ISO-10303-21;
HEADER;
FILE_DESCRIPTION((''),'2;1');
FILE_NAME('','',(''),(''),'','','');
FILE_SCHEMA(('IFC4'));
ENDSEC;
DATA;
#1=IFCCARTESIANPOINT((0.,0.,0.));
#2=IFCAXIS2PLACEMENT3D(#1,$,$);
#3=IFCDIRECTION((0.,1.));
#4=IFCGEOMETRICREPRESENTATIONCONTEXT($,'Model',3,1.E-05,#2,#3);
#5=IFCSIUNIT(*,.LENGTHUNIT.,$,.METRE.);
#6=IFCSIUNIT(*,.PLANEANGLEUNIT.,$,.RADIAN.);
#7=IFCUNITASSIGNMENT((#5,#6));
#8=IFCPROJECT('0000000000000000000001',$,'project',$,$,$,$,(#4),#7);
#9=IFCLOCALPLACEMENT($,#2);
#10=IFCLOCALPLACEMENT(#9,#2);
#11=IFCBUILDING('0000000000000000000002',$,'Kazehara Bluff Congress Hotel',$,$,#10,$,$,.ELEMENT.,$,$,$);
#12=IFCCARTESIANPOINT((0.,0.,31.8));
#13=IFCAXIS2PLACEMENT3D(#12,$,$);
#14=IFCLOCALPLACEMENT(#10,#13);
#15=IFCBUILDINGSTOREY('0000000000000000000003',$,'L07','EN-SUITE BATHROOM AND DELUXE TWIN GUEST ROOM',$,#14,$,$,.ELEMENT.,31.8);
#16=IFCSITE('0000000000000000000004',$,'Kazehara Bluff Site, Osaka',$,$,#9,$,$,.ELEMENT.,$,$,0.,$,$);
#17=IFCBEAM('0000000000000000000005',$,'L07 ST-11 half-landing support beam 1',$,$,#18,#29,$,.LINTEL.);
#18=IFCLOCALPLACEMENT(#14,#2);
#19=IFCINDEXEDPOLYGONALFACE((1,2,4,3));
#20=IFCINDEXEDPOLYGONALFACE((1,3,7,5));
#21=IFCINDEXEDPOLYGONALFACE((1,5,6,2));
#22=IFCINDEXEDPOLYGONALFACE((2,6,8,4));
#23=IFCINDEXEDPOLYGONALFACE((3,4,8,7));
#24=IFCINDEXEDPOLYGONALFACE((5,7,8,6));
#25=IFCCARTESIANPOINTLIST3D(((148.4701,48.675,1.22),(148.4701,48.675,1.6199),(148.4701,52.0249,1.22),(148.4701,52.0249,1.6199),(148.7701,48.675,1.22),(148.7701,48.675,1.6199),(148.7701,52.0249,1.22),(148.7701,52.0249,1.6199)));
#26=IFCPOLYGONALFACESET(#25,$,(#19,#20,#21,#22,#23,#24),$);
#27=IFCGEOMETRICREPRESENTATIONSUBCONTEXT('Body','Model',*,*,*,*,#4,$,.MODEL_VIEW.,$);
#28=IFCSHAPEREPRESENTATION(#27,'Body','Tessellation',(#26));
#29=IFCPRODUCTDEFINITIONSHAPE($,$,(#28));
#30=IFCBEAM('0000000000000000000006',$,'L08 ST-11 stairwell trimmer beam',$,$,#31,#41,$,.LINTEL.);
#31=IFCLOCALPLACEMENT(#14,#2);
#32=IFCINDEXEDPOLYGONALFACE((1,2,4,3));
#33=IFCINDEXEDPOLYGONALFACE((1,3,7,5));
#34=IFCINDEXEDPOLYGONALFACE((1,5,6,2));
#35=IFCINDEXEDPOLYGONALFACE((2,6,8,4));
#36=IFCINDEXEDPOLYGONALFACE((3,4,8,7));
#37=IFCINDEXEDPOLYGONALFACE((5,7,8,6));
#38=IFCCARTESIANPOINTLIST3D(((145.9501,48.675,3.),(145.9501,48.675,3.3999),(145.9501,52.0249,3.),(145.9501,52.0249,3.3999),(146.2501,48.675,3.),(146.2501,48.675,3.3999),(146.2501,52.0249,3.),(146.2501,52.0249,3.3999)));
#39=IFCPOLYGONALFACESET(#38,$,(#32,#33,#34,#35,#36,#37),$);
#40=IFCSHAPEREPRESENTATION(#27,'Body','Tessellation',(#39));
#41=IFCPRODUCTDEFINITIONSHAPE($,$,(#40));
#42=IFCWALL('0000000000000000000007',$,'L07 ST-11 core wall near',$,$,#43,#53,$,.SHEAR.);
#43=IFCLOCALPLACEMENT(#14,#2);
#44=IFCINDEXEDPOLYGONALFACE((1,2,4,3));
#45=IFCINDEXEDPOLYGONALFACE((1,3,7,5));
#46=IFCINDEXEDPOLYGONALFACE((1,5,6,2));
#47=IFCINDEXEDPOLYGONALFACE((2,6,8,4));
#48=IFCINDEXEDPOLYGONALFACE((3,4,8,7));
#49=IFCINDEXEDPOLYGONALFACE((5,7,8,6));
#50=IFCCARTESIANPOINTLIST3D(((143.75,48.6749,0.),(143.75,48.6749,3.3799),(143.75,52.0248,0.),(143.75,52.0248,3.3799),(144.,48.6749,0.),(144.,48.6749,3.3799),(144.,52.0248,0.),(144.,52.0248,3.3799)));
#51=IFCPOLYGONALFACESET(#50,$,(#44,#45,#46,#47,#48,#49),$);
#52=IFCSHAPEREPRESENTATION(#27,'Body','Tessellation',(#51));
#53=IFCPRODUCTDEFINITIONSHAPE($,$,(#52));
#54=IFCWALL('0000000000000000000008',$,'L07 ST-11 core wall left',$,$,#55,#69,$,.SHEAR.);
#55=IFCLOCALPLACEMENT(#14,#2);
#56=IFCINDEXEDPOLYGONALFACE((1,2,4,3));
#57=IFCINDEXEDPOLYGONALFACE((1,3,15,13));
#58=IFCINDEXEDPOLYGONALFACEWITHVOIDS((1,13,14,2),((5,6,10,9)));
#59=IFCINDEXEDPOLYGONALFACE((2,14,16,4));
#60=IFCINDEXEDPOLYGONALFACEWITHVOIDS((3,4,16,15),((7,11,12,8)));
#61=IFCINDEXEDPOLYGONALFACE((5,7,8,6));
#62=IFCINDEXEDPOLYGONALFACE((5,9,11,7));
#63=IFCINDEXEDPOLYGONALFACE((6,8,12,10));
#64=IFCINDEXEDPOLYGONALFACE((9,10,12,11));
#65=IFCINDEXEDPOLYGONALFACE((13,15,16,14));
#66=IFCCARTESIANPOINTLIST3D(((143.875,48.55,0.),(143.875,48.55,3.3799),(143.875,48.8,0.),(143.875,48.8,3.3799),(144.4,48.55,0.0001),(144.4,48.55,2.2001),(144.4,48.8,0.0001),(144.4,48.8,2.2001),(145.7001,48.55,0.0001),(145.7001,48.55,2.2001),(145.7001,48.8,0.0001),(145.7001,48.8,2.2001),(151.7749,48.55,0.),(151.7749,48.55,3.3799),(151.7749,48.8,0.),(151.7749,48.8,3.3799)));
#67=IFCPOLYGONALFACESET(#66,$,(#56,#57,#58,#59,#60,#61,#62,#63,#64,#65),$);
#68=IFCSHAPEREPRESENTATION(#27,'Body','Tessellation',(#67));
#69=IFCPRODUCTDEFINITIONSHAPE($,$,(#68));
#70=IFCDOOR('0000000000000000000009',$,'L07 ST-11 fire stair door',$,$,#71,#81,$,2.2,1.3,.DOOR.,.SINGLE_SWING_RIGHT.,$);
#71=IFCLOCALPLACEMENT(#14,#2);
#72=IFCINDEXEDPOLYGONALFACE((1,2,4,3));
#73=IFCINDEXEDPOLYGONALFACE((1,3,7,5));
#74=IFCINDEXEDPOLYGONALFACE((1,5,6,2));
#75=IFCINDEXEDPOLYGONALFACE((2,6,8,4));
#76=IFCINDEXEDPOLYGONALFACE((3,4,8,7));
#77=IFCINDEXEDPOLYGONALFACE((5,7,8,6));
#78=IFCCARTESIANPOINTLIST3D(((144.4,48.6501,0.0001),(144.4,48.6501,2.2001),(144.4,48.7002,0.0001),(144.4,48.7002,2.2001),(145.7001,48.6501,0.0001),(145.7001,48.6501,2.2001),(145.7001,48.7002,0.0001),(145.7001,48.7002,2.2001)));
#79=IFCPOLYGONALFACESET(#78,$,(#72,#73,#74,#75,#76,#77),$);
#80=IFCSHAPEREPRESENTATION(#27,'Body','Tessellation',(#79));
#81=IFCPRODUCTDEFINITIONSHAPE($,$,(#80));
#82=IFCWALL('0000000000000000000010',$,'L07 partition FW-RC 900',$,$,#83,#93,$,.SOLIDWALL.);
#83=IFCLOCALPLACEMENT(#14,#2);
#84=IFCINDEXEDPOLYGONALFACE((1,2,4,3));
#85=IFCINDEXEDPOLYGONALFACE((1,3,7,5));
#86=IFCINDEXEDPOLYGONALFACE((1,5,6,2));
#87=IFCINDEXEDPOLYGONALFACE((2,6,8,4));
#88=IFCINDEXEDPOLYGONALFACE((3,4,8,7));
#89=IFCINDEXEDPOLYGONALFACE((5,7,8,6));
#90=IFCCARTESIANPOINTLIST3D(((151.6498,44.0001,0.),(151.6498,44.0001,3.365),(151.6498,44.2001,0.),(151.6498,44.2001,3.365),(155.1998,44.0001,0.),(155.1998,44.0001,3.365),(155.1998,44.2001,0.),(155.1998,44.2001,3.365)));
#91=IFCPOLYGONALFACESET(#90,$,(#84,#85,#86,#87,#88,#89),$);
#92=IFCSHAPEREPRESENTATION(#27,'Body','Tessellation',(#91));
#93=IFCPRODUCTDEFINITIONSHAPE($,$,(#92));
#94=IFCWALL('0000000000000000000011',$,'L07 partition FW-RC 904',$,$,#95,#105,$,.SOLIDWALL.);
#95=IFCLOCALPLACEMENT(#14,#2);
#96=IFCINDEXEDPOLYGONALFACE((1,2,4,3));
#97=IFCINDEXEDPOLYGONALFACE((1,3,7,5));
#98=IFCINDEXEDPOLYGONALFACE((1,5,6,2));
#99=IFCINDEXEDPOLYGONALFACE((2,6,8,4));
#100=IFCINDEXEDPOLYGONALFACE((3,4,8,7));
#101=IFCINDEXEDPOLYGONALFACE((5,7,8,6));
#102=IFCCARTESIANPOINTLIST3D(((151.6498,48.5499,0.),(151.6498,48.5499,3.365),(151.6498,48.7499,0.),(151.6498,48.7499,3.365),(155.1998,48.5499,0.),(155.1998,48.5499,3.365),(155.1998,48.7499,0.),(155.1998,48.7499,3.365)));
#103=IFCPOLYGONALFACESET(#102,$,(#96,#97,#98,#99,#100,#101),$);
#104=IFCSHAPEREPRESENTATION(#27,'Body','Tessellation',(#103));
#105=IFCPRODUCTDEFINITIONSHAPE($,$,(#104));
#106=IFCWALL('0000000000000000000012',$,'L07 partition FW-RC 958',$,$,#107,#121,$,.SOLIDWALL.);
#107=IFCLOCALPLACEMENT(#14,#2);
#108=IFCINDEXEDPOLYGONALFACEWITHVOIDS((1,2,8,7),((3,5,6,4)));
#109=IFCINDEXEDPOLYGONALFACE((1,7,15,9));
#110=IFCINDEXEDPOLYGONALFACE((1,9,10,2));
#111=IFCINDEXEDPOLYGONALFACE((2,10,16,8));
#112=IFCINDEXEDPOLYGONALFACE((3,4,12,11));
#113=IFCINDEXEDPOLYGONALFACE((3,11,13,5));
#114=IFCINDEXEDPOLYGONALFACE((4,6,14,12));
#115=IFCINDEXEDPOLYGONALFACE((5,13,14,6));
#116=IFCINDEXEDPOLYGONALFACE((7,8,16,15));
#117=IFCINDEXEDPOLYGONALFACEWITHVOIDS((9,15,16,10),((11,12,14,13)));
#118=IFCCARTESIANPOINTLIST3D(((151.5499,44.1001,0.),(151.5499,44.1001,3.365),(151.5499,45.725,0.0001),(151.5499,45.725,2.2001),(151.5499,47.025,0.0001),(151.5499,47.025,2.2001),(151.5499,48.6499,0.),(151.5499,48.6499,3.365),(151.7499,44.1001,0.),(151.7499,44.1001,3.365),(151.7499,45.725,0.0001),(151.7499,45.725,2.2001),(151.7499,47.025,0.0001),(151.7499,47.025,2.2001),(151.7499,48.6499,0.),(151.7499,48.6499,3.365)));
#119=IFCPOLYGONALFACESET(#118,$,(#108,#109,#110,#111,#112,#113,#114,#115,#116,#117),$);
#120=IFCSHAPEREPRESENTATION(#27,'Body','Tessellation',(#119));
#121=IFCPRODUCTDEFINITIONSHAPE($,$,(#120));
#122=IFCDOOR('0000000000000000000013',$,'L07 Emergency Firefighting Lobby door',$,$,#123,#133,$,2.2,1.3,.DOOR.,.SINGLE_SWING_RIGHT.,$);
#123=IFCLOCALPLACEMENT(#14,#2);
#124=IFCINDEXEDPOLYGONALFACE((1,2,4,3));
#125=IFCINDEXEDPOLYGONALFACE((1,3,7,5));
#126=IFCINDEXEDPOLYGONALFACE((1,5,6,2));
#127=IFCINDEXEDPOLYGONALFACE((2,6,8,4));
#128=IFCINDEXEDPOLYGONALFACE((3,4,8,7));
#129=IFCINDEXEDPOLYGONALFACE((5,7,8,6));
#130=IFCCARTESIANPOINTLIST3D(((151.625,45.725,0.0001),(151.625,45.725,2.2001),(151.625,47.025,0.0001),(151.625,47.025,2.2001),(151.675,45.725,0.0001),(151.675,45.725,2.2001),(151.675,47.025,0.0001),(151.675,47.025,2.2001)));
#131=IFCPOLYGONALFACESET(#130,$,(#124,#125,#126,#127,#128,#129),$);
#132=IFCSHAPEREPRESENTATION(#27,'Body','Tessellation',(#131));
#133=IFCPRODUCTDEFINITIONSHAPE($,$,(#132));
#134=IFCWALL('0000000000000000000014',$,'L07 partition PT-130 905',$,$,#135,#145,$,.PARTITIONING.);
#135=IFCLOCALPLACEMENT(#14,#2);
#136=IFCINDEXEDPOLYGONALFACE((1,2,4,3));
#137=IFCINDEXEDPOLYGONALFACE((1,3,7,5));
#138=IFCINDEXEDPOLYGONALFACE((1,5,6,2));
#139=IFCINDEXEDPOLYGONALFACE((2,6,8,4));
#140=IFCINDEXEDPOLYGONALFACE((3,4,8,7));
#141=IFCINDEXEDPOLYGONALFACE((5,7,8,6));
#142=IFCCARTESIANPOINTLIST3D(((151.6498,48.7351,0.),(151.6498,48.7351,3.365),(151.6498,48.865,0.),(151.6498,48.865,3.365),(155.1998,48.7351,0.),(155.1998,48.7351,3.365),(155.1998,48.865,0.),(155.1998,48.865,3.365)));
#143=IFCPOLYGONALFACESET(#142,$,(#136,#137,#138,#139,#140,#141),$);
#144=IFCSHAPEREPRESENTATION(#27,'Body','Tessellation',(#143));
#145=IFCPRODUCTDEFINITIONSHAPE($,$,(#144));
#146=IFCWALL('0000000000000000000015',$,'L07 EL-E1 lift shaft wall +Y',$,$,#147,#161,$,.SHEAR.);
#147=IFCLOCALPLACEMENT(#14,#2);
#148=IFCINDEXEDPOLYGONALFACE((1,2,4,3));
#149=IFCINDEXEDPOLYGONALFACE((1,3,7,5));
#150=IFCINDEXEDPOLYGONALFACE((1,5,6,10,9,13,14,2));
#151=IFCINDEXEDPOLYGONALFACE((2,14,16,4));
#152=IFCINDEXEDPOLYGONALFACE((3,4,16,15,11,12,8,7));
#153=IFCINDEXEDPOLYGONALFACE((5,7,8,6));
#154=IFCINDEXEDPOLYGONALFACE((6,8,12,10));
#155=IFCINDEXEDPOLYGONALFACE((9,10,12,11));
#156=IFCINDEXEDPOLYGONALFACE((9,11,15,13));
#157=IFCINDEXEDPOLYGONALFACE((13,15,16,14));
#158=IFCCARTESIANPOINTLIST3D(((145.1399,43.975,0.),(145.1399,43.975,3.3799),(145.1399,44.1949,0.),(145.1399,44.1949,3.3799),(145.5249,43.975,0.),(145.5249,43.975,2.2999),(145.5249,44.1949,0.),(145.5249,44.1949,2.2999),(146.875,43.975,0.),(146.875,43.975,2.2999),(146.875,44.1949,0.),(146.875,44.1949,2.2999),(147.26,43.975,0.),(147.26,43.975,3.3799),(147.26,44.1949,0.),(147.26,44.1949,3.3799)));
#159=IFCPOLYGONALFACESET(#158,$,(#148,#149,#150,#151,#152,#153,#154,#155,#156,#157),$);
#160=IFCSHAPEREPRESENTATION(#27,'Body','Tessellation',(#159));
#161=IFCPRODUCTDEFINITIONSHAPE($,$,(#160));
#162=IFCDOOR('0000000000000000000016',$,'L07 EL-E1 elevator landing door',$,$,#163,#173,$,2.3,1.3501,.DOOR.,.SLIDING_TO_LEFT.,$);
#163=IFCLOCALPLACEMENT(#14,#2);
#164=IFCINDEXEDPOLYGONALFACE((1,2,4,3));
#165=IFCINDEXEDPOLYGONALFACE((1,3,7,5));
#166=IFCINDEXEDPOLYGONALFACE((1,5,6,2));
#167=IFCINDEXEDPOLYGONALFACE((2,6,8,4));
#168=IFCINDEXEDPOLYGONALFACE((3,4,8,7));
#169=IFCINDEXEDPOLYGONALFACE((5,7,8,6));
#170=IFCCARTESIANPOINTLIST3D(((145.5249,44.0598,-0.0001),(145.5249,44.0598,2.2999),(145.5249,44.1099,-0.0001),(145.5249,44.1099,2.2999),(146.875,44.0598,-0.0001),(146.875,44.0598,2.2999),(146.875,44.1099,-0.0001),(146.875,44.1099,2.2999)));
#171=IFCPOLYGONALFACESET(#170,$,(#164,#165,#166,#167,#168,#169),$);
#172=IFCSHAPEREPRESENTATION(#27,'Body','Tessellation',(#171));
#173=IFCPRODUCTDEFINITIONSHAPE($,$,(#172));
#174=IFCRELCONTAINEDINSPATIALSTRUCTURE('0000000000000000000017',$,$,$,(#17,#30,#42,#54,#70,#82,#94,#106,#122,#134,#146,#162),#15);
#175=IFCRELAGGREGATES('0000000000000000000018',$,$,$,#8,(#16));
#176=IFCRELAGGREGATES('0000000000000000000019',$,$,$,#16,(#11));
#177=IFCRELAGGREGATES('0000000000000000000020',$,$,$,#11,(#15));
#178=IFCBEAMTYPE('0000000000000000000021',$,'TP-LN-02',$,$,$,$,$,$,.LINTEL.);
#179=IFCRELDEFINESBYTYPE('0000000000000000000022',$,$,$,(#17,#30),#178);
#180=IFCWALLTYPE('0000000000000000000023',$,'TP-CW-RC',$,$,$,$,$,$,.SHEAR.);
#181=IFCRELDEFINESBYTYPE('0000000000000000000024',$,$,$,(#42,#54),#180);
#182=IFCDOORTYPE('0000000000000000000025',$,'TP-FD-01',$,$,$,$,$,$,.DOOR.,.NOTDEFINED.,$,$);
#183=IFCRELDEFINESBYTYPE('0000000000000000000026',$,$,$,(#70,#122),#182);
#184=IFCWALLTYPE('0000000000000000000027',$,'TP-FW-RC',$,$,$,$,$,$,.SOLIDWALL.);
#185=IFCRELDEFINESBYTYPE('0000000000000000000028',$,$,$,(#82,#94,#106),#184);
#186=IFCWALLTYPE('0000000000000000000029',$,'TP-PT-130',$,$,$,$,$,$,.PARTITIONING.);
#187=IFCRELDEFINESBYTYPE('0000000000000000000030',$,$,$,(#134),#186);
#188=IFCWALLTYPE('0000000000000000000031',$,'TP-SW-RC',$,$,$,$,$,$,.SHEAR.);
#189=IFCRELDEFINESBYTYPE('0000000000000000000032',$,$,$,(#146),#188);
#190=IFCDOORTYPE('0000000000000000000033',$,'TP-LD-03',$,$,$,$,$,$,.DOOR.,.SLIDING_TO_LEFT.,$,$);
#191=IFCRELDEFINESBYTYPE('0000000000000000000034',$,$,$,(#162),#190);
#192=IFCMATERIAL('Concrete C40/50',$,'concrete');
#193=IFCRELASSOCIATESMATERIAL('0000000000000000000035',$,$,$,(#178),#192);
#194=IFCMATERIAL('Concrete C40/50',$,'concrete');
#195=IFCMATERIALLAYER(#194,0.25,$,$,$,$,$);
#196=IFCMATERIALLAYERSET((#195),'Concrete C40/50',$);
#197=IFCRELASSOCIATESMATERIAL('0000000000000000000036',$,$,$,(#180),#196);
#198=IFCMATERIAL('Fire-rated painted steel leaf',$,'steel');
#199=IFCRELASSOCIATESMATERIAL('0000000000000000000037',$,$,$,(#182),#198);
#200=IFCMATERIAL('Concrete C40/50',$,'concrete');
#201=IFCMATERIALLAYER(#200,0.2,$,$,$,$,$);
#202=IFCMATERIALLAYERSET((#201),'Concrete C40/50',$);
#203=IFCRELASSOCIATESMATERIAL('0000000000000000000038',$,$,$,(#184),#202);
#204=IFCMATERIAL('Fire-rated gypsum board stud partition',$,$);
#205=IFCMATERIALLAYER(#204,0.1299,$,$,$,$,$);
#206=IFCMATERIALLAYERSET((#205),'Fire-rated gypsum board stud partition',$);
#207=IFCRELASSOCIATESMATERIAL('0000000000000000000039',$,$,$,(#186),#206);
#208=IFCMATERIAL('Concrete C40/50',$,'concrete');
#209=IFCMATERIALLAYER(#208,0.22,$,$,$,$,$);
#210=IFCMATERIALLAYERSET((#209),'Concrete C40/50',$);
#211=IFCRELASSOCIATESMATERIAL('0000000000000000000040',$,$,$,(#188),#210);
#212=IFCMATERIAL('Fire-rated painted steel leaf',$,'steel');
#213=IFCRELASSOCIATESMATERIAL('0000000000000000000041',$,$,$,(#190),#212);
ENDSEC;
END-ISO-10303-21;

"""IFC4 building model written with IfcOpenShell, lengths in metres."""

from ifc_helpers import new_model, si_unit, direction, frame, frame_2d, origin, origin_2d, place, context, subcontext, project, spatial, rectangle, extrude, material, layer, layer_set, material_profile, profile_set, type_object, element, fill, save


model = new_model("IFC4")

# Units and contexts
model_context = context("Model", 3, precision=1e-05, world=origin(), true_north=direction((0.0, 1.0)))
body_context = subcontext(model_context, "Body", "Model", "MODEL_VIEW")
ifc_project = project(units=[si_unit("LENGTHUNIT", "METRE"), si_unit("PLANEANGLEUNIT", "RADIAN")], contexts=[model_context])

# Site, building, storey
site_placement = place(None, origin())
site = spatial("IfcSite", under=ifc_project, at=site_placement, Name="Kazehara Bluff Site, Osaka", CompositionType="ELEMENT", RefElevation=0.0)
building_placement = place(site_placement, origin())
building = spatial("IfcBuilding", under=site, at=building_placement, Name="Kazehara Bluff Congress Hotel", CompositionType="ELEMENT")
storey_placement = place(building_placement, frame((0.0, 0.0, 31.8)))
storey = spatial("IfcBuildingStorey", under=building, at=storey_placement, Name="L07", Description="EN-SUITE BATHROOM AND DELUXE TWIN GUEST ROOM", CompositionType="ELEMENT", Elevation=31.8)

# Beams
ifc_material_1 = material(Name="Concrete C40/50", Category="concrete")
ifc_material_profile = material_profile(ifc_material_1, rectangle(XDim=0.3, YDim=0.3999, at=origin_2d()))
ifc_profile_set = profile_set([ifc_material_profile], Name="Concrete C40/50")
beam_type = type_object("IfcBeamType", Name="TP-LN-02", PredefinedType="LINTEL", material=ifc_profile_set)
for number, where, z_axis, x_axis, name in (
    (1, (148.6201, 48.675, 1.4199), (0.0, 1.0, 0.0), (-1.0, 0.0, 0.0), "L07 ST-11 half-landing support beam 1"),
    (2, (146.1001, 48.675, 3.2), (0.0, 1.0, 0.0), (-1.0, 0.0, 0.0), "L08 ST-11 stairwell trimmer beam"),
):
    element("IfcBeam", number, at=place(storey_placement, frame(where, z_axis=z_axis, x_axis=x_axis)), inside=storey, type_object=beam_type, Name=name, PredefinedType="LINTEL", context=body_context, shape_type="SweptSolid", body=[
        extrude(rectangle(XDim=0.3, YDim=0.3999, at=origin_2d()), origin(), (0.0, 0.0, 1.0), 3.3499),
    ])

# Wall
ifc_material_2 = material(Name="Concrete C40/50", Category="concrete")
ifc_layer_1 = layer(ifc_material_2, 0.25)
ifc_layer_set_1 = layer_set([ifc_layer_1], Name="Concrete C40/50")
wall_type_1 = type_object("IfcWallType", Name="TP-CW-RC", PredefinedType="SHEAR", material=ifc_layer_set_1)
wall_1_placement = place(storey_placement, frame((143.875, 48.675, 0.0), z_axis=(0.0, 0.0, 1.0), x_axis=(0.0, 1.0, 0.0)))
element("IfcWall", 3, at=wall_1_placement, inside=storey, type_object=wall_type_1, Name="L07 ST-11 core wall near", PredefinedType="SHEAR", context=body_context, shape_type="SweptSolid", body=[
    extrude(rectangle(XDim=3.3499, YDim=0.25, at=frame_2d((1.6748, 0.0))), origin(), (0.0, 0.0, 1.0), 3.3799),
])

# Wall, opening, door
wall_2_placement = place(storey_placement, frame((151.7749, 48.675, 0.0), z_axis=(0.0, 0.0, 1.0), x_axis=(-1.0, 0.0, 0.0)))
wall_2 = element("IfcWall", 4, at=wall_2_placement, inside=storey, type_object=wall_type_1, Name="L07 ST-11 core wall left", PredefinedType="SHEAR", context=body_context, shape_type="SweptSolid", body=[
    extrude(rectangle(XDim=7.8999, YDim=0.25, at=frame_2d((3.95, 0.0))), origin(), (0.0, 0.0, 1.0), 3.3799),
])
opening_1_placement = place(wall_2_placement, frame((6.075, 0.0, 0.0)))
opening_1 = element("IfcOpeningElement", 5, at=opening_1_placement, cuts=wall_2, PredefinedType="OPENING", context=body_context, shape_type="SweptSolid", body=[
    extrude(rectangle(XDim=1.3, YDim=2.2, at=frame_2d((0.6499, 1.1001))), frame((0.0, 0.135, 0.0), z_axis=(0.0, -1.0, 0.0), x_axis=(1.0, 0.0, 0.0)), (0.0, 0.0, 1.0), 0.27),
])
ifc_material_3 = material(Name="Fire-rated painted steel leaf", Category="steel")
door_type_1 = type_object("IfcDoorType", Name="TP-FD-01", OperationType="NOTDEFINED", PredefinedType="DOOR", material=ifc_material_3)
door_1_placement = place(opening_1_placement, origin())
door_1 = element("IfcDoor", 6, at=door_1_placement, inside=storey, type_object=door_type_1, Name="L07 ST-11 fire stair door", OperationType="SINGLE_SWING_RIGHT", OverallHeight=2.2, OverallWidth=1.3, PredefinedType="DOOR", context=body_context, shape_type="SweptSolid", body=[
    extrude(rectangle(XDim=1.3, YDim=2.2, at=frame_2d((0.6499, 1.1001))), frame((0.0, 0.0249, 0.0), z_axis=(0.0, -1.0, 0.0), x_axis=(1.0, 0.0, 0.0)), (0.0, 0.0, 1.0), 0.05),
])
fill(opening_1, door_1)

# Walls
ifc_material_4 = material(Name="Concrete C40/50", Category="concrete")
ifc_layer_2 = layer(ifc_material_4, 0.2)
ifc_layer_set_2 = layer_set([ifc_layer_2], Name="Concrete C40/50")
wall_type_2 = type_object("IfcWallType", Name="TP-FW-RC", PredefinedType="SOLIDWALL", material=ifc_layer_set_2)
for number, where, z_axis, x_axis, name in (
    (7, (151.6499, 44.1001, 0.0), (0.0, 0.0, 1.0), (1.0, 0.0, 0.0), "L07 partition FW-RC 900"),
    (8, (151.6499, 48.6499, 0.0), (0.0, 0.0, 1.0), (1.0, 0.0, 0.0), "L07 partition FW-RC 904"),
):
    element("IfcWall", number, at=place(storey_placement, frame(where, z_axis=z_axis, x_axis=x_axis)), inside=storey, type_object=wall_type_2, Name=name, PredefinedType="SOLIDWALL", context=body_context, shape_type="SweptSolid", body=[
        extrude(rectangle(XDim=3.55, YDim=0.2, at=frame_2d((1.7749, 0.0))), origin(), (0.0, 0.0, 1.0), 3.365),
    ])

# Wall, opening, door
wall_3_placement = place(storey_placement, frame((151.6499, 44.1001, 0.0), z_axis=(0.0, 0.0, 1.0), x_axis=(0.0, 1.0, 0.0)))
wall_3 = element("IfcWall", 9, at=wall_3_placement, inside=storey, type_object=wall_type_2, Name="L07 partition FW-RC 958", PredefinedType="SOLIDWALL", context=body_context, shape_type="SweptSolid", body=[
    extrude(rectangle(XDim=4.5498, YDim=0.2, at=frame_2d((2.2749, 0.0))), origin(), (0.0, 0.0, 1.0), 3.365),
])
opening_2_placement = place(wall_3_placement, frame((1.625, 0.0, 0.0)))
opening_2 = element("IfcOpeningElement", 10, at=opening_2_placement, cuts=wall_3, PredefinedType="OPENING", context=body_context, shape_type="SweptSolid", body=[
    extrude(rectangle(XDim=1.3, YDim=2.2, at=frame_2d((0.6499, 1.1001))), frame((0.0, 0.1099, 0.0), z_axis=(0.0, -1.0, 0.0), x_axis=(1.0, 0.0, 0.0)), (0.0, 0.0, 1.0), 0.22),
])
door_2_placement = place(opening_2_placement, origin())
door_2 = element("IfcDoor", 11, at=door_2_placement, inside=storey, type_object=door_type_1, Name="L07 Emergency Firefighting Lobby door", OperationType="SINGLE_SWING_RIGHT", OverallHeight=2.2, OverallWidth=1.3, PredefinedType="DOOR", context=body_context, shape_type="SweptSolid", body=[
    extrude(rectangle(XDim=1.3, YDim=2.2, at=frame_2d((0.6499, 1.1001))), frame((0.0, 0.0249, 0.0), z_axis=(0.0, -1.0, 0.0), x_axis=(1.0, 0.0, 0.0)), (0.0, 0.0, 1.0), 0.05),
])
fill(opening_2, door_2)

# Wall
ifc_material_5 = material(Name="Fire-rated gypsum board stud partition")
ifc_layer_3 = layer(ifc_material_5, 0.1299)
ifc_layer_set_3 = layer_set([ifc_layer_3], Name="Fire-rated gypsum board stud partition")
wall_type_3 = type_object("IfcWallType", Name="TP-PT-130", PredefinedType="PARTITIONING", material=ifc_layer_set_3)
wall_4_placement = place(storey_placement, frame((151.6499, 48.8, 0.0), z_axis=(0.0, 0.0, 1.0), x_axis=(1.0, 0.0, 0.0)))
element("IfcWall", 12, at=wall_4_placement, inside=storey, type_object=wall_type_3, Name="L07 partition PT-130 905", PredefinedType="PARTITIONING", context=body_context, shape_type="SweptSolid", body=[
    extrude(rectangle(XDim=3.55, YDim=0.1299, at=frame_2d((1.7749, 0.0))), origin(), (0.0, 0.0, 1.0), 3.365),
])

# Wall, opening, door
ifc_material_6 = material(Name="Concrete C40/50", Category="concrete")
ifc_layer_4 = layer(ifc_material_6, 0.22)
ifc_layer_set_4 = layer_set([ifc_layer_4], Name="Concrete C40/50")
wall_type_4 = type_object("IfcWallType", Name="TP-SW-RC", PredefinedType="SHEAR", material=ifc_layer_set_4)
wall_5_placement = place(storey_placement, frame((145.1399, 44.085, 0.0), z_axis=(0.0, 0.0, 1.0), x_axis=(1.0, 0.0, 0.0)))
wall_5 = element("IfcWall", 13, at=wall_5_placement, inside=storey, type_object=wall_type_4, Name="L07 EL-E1 lift shaft wall +Y", PredefinedType="SHEAR", context=body_context, shape_type="SweptSolid", body=[
    extrude(rectangle(XDim=2.1201, YDim=0.22, at=frame_2d((1.0601, 0.0))), origin(), (0.0, 0.0, 1.0), 3.3799),
])
opening_3_placement = place(wall_5_placement, frame((0.385, 0.0, 0.0)))
opening_3 = element("IfcOpeningElement", 14, at=opening_3_placement, cuts=wall_5, PredefinedType="OPENING", context=body_context, shape_type="SweptSolid", body=[
    extrude(rectangle(XDim=1.3501, YDim=2.3, at=frame_2d((0.675, 1.1499))), frame((0.0, 0.1199, 0.0), z_axis=(0.0, -1.0, 0.0), x_axis=(1.0, 0.0, 0.0)), (0.0, 0.0, 1.0), 0.24),
])
ifc_material_7 = material(Name="Fire-rated painted steel leaf", Category="steel")
door_type_2 = type_object("IfcDoorType", Name="TP-LD-03", OperationType="SLIDING_TO_LEFT", PredefinedType="DOOR", material=ifc_material_7)
door_3_placement = place(opening_3_placement, origin())
door_3 = element("IfcDoor", 15, at=door_3_placement, inside=storey, type_object=door_type_2, Name="L07 EL-E1 elevator landing door", OperationType="SLIDING_TO_LEFT", OverallHeight=2.3, OverallWidth=1.3501, PredefinedType="DOOR", context=body_context, shape_type="SweptSolid", body=[
    extrude(rectangle(XDim=1.3501, YDim=2.3, at=frame_2d((0.675, 1.1499))), frame((0.0, 0.0249, 0.0), z_axis=(0.0, -1.0, 0.0), x_axis=(1.0, 0.0, 0.0)), (0.0, 0.0, 1.0), 0.05),
])
fill(opening_3, door_3)

save(model, "model.ifc")
